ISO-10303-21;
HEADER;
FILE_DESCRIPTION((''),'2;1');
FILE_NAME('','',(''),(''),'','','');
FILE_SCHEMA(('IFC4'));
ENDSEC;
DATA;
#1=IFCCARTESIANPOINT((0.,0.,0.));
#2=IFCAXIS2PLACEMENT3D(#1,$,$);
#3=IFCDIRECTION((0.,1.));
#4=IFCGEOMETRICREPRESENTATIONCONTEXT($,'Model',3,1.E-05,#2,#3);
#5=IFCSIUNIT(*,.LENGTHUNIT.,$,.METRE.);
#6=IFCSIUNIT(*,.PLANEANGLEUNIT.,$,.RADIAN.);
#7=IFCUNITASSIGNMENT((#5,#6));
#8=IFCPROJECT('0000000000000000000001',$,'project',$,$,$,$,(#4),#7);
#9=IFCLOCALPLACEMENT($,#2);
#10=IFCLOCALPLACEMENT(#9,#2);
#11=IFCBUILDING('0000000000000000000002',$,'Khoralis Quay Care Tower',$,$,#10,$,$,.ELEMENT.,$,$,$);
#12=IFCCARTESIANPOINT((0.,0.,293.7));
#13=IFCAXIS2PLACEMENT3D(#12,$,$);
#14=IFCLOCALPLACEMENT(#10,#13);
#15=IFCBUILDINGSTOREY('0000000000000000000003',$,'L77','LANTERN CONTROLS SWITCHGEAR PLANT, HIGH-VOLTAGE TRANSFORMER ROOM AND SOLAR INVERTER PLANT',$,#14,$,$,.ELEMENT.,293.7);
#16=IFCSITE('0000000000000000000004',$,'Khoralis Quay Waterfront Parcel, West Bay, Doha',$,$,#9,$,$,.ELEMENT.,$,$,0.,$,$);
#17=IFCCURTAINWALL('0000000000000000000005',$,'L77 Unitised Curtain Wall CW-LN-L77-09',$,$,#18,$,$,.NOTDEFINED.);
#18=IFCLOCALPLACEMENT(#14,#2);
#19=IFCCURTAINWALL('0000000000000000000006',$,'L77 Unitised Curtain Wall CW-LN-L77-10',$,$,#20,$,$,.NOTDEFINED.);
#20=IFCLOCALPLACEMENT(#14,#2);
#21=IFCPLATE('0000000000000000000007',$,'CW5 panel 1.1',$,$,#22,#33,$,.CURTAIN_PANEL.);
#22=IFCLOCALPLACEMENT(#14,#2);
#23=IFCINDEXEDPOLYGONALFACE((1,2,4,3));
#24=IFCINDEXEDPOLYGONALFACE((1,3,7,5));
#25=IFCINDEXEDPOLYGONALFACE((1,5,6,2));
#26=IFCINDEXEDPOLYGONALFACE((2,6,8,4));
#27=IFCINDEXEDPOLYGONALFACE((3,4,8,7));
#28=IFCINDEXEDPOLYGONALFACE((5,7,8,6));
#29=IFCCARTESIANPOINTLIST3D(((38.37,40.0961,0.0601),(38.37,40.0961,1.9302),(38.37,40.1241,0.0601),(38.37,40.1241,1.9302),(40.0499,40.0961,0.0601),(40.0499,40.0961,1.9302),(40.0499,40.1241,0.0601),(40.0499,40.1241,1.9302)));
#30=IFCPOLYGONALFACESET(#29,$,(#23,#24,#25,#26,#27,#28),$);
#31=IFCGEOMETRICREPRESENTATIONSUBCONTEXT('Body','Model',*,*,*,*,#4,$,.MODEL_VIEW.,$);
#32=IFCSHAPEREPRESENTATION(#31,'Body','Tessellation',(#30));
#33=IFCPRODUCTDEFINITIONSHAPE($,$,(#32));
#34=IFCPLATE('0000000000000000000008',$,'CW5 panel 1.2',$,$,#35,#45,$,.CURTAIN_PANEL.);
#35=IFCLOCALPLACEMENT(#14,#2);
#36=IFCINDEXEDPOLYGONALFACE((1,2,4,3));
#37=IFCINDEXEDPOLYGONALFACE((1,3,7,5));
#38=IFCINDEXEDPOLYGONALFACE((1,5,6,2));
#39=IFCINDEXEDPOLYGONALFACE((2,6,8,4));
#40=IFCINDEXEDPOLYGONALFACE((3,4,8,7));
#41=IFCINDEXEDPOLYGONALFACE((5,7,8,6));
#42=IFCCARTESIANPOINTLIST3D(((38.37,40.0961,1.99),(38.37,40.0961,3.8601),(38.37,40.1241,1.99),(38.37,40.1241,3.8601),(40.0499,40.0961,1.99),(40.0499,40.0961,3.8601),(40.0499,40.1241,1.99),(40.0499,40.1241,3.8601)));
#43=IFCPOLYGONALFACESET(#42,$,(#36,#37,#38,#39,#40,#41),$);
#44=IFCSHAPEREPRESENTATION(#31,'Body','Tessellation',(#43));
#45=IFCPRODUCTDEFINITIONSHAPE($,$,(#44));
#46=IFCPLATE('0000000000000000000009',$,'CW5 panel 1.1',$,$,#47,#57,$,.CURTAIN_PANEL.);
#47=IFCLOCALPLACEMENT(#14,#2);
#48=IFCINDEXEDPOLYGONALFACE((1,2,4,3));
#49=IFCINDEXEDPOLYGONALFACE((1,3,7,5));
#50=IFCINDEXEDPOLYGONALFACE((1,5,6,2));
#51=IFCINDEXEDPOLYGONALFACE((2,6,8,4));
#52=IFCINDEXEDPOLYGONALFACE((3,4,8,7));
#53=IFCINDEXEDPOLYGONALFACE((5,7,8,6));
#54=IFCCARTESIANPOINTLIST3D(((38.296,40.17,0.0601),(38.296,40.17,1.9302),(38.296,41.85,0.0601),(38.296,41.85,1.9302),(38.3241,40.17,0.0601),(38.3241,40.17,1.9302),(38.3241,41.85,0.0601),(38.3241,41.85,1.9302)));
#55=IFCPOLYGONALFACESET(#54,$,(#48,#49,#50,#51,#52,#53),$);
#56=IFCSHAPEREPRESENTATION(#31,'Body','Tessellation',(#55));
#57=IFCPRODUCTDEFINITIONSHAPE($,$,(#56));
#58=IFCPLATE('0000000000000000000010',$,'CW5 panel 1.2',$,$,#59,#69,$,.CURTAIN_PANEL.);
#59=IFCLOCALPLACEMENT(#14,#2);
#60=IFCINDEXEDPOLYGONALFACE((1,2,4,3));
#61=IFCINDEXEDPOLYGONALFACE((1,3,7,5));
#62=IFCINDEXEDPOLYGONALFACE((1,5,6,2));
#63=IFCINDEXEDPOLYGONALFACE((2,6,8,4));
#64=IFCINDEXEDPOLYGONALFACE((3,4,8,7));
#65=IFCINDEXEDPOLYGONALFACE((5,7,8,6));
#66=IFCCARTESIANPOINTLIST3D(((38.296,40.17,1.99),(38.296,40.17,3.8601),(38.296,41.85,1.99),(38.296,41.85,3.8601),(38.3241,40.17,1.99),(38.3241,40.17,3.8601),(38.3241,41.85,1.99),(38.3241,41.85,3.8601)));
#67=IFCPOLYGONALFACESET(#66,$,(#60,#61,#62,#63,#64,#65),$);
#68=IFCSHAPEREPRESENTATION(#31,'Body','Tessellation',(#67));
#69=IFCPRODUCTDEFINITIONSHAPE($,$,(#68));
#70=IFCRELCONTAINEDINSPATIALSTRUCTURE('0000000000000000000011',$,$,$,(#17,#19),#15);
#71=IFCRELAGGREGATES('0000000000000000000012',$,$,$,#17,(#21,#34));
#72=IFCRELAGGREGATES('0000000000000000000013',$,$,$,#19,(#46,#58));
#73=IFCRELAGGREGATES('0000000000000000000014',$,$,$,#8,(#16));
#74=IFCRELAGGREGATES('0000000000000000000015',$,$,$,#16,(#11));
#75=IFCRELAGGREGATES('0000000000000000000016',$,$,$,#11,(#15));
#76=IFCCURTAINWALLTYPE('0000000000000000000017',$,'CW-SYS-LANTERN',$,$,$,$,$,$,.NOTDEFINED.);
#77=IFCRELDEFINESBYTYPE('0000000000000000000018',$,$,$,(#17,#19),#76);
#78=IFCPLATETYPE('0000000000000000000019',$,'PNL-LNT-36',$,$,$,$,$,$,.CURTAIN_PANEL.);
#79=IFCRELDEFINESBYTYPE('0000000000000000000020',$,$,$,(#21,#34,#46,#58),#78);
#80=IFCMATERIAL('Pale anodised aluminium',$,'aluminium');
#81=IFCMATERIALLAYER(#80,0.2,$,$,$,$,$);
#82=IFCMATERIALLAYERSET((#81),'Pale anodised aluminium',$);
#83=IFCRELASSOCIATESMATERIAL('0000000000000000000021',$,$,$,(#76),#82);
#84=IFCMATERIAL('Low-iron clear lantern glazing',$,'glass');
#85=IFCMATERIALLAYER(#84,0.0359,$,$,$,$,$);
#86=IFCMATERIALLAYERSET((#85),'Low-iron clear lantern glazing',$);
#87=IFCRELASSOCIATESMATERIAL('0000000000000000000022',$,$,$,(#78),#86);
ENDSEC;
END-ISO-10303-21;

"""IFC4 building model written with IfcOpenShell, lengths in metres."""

from ifc_helpers import new_model, si_unit, direction, frame, origin, origin_2d, place, context, subcontext, project, spatial, rectangle, extrude, source, transform, mapped, material, layer, layer_set, type_object, element, aggregate, save


model = new_model("IFC4")

# Units and contexts
model_context = context("Model", 3, precision=1e-05, world=origin(), true_north=direction((0.0, 1.0)))
body_context = subcontext(model_context, "Body", "Model", "MODEL_VIEW")
ifc_project = project(units=[si_unit("LENGTHUNIT", "METRE"), si_unit("PLANEANGLEUNIT", "RADIAN")], contexts=[model_context])

# Site, building, storey
site_placement = place(None, origin())
site = spatial("IfcSite", under=ifc_project, at=site_placement, Name="Khoralis Quay Waterfront Parcel, West Bay, Doha", CompositionType="ELEMENT", RefElevation=0.0)
building_placement = place(site_placement, origin())
building = spatial("IfcBuilding", under=site, at=building_placement, Name="Khoralis Quay Care Tower", CompositionType="ELEMENT")
storey_placement = place(building_placement, frame((0.0, 0.0, 293.7)))
storey = spatial("IfcBuildingStorey", under=building, at=storey_placement, Name="L77", Description="LANTERN CONTROLS SWITCHGEAR PLANT, HIGH-VOLTAGE TRANSFORMER ROOM AND SOLAR INVERTER PLANT", CompositionType="ELEMENT", Elevation=293.7)

# Shared definitions
ifc_material_1 = material(Name="Pale anodised aluminium", Category="aluminium")
ifc_layer_1 = layer(ifc_material_1, 0.2)
ifc_layer_set_1 = layer_set([ifc_layer_1], Name="Pale anodised aluminium")
curtain_wall_type = type_object("IfcCurtainWallType", Name="CW-SYS-LANTERN", PredefinedType="NOTDEFINED", material=ifc_layer_set_1)

# Curtain walls
curtain_wall_1_placement = place(storey_placement, origin())
curtain_wall_1 = element("IfcCurtainWall", 1, at=curtain_wall_1_placement, inside=storey, type_object=curtain_wall_type, Name="L77 Unitised Curtain Wall CW-LN-L77-09", PredefinedType="NOTDEFINED")
curtain_wall_2_placement = place(storey_placement, origin())
curtain_wall_2 = element("IfcCurtainWall", 2, at=curtain_wall_2_placement, inside=storey, type_object=curtain_wall_type, Name="L77 Unitised Curtain Wall CW-LN-L77-10", PredefinedType="NOTDEFINED")

# Plates
ifc_material_2 = material(Name="Low-iron clear lantern glazing", Category="glass")
ifc_layer_2 = layer(ifc_material_2, 0.0359)
ifc_layer_set_2 = layer_set([ifc_layer_2], Name="Low-iron clear lantern glazing")
plate_type = type_object("IfcPlateType", Name="PNL-LNT-36", PredefinedType="CURTAIN_PANEL", material=ifc_layer_set_2)
shared_shape_1 = source(origin(), body_context, "Body", "SweptSolid", [
    extrude(rectangle(XDim=1.6799, YDim=0.0281, at=origin_2d()), origin(), (0.0, 0.0, 1.0), 1.8701),
])
plate_1_placement = place(storey_placement, frame((39.21, 40.1101, 0.0601), z_axis=(0.0, 0.0, 1.0), x_axis=(-1.0, 0.0, 0.0)))
plate_1 = element("IfcPlate", 3, at=plate_1_placement, type_object=plate_type, Name="CW5 panel 1.1", PredefinedType="CURTAIN_PANEL", context=body_context, shape_type="MappedRepresentation", body=[
    mapped(shared_shape_1, transform((0.0, 0.0, 0.0), scale=1.0)),
])
plate_2_placement = place(storey_placement, frame((39.21, 40.1101, 1.99), z_axis=(0.0, 0.0, 1.0), x_axis=(-1.0, 0.0, 0.0)))
plate_2 = element("IfcPlate", 4, at=plate_2_placement, type_object=plate_type, Name="CW5 panel 1.2", PredefinedType="CURTAIN_PANEL", context=body_context, shape_type="MappedRepresentation", body=[
    mapped(shared_shape_1, transform((0.0, 0.0, 0.0), scale=1.0)),
])
aggregate(curtain_wall_1, [plate_1, plate_2])
plate_3_placement = place(storey_placement, frame((38.3101, 41.01, 0.0601), z_axis=(0.0, 0.0, 1.0), x_axis=(0.0, 1.0, 0.0)))
plate_3 = element("IfcPlate", 5, at=plate_3_placement, type_object=plate_type, Name="CW5 panel 1.1", PredefinedType="CURTAIN_PANEL", context=body_context, shape_type="MappedRepresentation", body=[
    mapped(shared_shape_1, transform((0.0, 0.0, 0.0), scale=1.0)),
])
plate_4_placement = place(storey_placement, frame((38.3101, 41.01, 1.99), z_axis=(0.0, 0.0, 1.0), x_axis=(0.0, 1.0, 0.0)))
plate_4 = element("IfcPlate", 6, at=plate_4_placement, type_object=plate_type, Name="CW5 panel 1.2", PredefinedType="CURTAIN_PANEL", context=body_context, shape_type="MappedRepresentation", body=[
    mapped(shared_shape_1, transform((0.0, 0.0, 0.0), scale=1.0)),
])
aggregate(curtain_wall_2, [plate_3, plate_4])

save(model, "model.ifc")
